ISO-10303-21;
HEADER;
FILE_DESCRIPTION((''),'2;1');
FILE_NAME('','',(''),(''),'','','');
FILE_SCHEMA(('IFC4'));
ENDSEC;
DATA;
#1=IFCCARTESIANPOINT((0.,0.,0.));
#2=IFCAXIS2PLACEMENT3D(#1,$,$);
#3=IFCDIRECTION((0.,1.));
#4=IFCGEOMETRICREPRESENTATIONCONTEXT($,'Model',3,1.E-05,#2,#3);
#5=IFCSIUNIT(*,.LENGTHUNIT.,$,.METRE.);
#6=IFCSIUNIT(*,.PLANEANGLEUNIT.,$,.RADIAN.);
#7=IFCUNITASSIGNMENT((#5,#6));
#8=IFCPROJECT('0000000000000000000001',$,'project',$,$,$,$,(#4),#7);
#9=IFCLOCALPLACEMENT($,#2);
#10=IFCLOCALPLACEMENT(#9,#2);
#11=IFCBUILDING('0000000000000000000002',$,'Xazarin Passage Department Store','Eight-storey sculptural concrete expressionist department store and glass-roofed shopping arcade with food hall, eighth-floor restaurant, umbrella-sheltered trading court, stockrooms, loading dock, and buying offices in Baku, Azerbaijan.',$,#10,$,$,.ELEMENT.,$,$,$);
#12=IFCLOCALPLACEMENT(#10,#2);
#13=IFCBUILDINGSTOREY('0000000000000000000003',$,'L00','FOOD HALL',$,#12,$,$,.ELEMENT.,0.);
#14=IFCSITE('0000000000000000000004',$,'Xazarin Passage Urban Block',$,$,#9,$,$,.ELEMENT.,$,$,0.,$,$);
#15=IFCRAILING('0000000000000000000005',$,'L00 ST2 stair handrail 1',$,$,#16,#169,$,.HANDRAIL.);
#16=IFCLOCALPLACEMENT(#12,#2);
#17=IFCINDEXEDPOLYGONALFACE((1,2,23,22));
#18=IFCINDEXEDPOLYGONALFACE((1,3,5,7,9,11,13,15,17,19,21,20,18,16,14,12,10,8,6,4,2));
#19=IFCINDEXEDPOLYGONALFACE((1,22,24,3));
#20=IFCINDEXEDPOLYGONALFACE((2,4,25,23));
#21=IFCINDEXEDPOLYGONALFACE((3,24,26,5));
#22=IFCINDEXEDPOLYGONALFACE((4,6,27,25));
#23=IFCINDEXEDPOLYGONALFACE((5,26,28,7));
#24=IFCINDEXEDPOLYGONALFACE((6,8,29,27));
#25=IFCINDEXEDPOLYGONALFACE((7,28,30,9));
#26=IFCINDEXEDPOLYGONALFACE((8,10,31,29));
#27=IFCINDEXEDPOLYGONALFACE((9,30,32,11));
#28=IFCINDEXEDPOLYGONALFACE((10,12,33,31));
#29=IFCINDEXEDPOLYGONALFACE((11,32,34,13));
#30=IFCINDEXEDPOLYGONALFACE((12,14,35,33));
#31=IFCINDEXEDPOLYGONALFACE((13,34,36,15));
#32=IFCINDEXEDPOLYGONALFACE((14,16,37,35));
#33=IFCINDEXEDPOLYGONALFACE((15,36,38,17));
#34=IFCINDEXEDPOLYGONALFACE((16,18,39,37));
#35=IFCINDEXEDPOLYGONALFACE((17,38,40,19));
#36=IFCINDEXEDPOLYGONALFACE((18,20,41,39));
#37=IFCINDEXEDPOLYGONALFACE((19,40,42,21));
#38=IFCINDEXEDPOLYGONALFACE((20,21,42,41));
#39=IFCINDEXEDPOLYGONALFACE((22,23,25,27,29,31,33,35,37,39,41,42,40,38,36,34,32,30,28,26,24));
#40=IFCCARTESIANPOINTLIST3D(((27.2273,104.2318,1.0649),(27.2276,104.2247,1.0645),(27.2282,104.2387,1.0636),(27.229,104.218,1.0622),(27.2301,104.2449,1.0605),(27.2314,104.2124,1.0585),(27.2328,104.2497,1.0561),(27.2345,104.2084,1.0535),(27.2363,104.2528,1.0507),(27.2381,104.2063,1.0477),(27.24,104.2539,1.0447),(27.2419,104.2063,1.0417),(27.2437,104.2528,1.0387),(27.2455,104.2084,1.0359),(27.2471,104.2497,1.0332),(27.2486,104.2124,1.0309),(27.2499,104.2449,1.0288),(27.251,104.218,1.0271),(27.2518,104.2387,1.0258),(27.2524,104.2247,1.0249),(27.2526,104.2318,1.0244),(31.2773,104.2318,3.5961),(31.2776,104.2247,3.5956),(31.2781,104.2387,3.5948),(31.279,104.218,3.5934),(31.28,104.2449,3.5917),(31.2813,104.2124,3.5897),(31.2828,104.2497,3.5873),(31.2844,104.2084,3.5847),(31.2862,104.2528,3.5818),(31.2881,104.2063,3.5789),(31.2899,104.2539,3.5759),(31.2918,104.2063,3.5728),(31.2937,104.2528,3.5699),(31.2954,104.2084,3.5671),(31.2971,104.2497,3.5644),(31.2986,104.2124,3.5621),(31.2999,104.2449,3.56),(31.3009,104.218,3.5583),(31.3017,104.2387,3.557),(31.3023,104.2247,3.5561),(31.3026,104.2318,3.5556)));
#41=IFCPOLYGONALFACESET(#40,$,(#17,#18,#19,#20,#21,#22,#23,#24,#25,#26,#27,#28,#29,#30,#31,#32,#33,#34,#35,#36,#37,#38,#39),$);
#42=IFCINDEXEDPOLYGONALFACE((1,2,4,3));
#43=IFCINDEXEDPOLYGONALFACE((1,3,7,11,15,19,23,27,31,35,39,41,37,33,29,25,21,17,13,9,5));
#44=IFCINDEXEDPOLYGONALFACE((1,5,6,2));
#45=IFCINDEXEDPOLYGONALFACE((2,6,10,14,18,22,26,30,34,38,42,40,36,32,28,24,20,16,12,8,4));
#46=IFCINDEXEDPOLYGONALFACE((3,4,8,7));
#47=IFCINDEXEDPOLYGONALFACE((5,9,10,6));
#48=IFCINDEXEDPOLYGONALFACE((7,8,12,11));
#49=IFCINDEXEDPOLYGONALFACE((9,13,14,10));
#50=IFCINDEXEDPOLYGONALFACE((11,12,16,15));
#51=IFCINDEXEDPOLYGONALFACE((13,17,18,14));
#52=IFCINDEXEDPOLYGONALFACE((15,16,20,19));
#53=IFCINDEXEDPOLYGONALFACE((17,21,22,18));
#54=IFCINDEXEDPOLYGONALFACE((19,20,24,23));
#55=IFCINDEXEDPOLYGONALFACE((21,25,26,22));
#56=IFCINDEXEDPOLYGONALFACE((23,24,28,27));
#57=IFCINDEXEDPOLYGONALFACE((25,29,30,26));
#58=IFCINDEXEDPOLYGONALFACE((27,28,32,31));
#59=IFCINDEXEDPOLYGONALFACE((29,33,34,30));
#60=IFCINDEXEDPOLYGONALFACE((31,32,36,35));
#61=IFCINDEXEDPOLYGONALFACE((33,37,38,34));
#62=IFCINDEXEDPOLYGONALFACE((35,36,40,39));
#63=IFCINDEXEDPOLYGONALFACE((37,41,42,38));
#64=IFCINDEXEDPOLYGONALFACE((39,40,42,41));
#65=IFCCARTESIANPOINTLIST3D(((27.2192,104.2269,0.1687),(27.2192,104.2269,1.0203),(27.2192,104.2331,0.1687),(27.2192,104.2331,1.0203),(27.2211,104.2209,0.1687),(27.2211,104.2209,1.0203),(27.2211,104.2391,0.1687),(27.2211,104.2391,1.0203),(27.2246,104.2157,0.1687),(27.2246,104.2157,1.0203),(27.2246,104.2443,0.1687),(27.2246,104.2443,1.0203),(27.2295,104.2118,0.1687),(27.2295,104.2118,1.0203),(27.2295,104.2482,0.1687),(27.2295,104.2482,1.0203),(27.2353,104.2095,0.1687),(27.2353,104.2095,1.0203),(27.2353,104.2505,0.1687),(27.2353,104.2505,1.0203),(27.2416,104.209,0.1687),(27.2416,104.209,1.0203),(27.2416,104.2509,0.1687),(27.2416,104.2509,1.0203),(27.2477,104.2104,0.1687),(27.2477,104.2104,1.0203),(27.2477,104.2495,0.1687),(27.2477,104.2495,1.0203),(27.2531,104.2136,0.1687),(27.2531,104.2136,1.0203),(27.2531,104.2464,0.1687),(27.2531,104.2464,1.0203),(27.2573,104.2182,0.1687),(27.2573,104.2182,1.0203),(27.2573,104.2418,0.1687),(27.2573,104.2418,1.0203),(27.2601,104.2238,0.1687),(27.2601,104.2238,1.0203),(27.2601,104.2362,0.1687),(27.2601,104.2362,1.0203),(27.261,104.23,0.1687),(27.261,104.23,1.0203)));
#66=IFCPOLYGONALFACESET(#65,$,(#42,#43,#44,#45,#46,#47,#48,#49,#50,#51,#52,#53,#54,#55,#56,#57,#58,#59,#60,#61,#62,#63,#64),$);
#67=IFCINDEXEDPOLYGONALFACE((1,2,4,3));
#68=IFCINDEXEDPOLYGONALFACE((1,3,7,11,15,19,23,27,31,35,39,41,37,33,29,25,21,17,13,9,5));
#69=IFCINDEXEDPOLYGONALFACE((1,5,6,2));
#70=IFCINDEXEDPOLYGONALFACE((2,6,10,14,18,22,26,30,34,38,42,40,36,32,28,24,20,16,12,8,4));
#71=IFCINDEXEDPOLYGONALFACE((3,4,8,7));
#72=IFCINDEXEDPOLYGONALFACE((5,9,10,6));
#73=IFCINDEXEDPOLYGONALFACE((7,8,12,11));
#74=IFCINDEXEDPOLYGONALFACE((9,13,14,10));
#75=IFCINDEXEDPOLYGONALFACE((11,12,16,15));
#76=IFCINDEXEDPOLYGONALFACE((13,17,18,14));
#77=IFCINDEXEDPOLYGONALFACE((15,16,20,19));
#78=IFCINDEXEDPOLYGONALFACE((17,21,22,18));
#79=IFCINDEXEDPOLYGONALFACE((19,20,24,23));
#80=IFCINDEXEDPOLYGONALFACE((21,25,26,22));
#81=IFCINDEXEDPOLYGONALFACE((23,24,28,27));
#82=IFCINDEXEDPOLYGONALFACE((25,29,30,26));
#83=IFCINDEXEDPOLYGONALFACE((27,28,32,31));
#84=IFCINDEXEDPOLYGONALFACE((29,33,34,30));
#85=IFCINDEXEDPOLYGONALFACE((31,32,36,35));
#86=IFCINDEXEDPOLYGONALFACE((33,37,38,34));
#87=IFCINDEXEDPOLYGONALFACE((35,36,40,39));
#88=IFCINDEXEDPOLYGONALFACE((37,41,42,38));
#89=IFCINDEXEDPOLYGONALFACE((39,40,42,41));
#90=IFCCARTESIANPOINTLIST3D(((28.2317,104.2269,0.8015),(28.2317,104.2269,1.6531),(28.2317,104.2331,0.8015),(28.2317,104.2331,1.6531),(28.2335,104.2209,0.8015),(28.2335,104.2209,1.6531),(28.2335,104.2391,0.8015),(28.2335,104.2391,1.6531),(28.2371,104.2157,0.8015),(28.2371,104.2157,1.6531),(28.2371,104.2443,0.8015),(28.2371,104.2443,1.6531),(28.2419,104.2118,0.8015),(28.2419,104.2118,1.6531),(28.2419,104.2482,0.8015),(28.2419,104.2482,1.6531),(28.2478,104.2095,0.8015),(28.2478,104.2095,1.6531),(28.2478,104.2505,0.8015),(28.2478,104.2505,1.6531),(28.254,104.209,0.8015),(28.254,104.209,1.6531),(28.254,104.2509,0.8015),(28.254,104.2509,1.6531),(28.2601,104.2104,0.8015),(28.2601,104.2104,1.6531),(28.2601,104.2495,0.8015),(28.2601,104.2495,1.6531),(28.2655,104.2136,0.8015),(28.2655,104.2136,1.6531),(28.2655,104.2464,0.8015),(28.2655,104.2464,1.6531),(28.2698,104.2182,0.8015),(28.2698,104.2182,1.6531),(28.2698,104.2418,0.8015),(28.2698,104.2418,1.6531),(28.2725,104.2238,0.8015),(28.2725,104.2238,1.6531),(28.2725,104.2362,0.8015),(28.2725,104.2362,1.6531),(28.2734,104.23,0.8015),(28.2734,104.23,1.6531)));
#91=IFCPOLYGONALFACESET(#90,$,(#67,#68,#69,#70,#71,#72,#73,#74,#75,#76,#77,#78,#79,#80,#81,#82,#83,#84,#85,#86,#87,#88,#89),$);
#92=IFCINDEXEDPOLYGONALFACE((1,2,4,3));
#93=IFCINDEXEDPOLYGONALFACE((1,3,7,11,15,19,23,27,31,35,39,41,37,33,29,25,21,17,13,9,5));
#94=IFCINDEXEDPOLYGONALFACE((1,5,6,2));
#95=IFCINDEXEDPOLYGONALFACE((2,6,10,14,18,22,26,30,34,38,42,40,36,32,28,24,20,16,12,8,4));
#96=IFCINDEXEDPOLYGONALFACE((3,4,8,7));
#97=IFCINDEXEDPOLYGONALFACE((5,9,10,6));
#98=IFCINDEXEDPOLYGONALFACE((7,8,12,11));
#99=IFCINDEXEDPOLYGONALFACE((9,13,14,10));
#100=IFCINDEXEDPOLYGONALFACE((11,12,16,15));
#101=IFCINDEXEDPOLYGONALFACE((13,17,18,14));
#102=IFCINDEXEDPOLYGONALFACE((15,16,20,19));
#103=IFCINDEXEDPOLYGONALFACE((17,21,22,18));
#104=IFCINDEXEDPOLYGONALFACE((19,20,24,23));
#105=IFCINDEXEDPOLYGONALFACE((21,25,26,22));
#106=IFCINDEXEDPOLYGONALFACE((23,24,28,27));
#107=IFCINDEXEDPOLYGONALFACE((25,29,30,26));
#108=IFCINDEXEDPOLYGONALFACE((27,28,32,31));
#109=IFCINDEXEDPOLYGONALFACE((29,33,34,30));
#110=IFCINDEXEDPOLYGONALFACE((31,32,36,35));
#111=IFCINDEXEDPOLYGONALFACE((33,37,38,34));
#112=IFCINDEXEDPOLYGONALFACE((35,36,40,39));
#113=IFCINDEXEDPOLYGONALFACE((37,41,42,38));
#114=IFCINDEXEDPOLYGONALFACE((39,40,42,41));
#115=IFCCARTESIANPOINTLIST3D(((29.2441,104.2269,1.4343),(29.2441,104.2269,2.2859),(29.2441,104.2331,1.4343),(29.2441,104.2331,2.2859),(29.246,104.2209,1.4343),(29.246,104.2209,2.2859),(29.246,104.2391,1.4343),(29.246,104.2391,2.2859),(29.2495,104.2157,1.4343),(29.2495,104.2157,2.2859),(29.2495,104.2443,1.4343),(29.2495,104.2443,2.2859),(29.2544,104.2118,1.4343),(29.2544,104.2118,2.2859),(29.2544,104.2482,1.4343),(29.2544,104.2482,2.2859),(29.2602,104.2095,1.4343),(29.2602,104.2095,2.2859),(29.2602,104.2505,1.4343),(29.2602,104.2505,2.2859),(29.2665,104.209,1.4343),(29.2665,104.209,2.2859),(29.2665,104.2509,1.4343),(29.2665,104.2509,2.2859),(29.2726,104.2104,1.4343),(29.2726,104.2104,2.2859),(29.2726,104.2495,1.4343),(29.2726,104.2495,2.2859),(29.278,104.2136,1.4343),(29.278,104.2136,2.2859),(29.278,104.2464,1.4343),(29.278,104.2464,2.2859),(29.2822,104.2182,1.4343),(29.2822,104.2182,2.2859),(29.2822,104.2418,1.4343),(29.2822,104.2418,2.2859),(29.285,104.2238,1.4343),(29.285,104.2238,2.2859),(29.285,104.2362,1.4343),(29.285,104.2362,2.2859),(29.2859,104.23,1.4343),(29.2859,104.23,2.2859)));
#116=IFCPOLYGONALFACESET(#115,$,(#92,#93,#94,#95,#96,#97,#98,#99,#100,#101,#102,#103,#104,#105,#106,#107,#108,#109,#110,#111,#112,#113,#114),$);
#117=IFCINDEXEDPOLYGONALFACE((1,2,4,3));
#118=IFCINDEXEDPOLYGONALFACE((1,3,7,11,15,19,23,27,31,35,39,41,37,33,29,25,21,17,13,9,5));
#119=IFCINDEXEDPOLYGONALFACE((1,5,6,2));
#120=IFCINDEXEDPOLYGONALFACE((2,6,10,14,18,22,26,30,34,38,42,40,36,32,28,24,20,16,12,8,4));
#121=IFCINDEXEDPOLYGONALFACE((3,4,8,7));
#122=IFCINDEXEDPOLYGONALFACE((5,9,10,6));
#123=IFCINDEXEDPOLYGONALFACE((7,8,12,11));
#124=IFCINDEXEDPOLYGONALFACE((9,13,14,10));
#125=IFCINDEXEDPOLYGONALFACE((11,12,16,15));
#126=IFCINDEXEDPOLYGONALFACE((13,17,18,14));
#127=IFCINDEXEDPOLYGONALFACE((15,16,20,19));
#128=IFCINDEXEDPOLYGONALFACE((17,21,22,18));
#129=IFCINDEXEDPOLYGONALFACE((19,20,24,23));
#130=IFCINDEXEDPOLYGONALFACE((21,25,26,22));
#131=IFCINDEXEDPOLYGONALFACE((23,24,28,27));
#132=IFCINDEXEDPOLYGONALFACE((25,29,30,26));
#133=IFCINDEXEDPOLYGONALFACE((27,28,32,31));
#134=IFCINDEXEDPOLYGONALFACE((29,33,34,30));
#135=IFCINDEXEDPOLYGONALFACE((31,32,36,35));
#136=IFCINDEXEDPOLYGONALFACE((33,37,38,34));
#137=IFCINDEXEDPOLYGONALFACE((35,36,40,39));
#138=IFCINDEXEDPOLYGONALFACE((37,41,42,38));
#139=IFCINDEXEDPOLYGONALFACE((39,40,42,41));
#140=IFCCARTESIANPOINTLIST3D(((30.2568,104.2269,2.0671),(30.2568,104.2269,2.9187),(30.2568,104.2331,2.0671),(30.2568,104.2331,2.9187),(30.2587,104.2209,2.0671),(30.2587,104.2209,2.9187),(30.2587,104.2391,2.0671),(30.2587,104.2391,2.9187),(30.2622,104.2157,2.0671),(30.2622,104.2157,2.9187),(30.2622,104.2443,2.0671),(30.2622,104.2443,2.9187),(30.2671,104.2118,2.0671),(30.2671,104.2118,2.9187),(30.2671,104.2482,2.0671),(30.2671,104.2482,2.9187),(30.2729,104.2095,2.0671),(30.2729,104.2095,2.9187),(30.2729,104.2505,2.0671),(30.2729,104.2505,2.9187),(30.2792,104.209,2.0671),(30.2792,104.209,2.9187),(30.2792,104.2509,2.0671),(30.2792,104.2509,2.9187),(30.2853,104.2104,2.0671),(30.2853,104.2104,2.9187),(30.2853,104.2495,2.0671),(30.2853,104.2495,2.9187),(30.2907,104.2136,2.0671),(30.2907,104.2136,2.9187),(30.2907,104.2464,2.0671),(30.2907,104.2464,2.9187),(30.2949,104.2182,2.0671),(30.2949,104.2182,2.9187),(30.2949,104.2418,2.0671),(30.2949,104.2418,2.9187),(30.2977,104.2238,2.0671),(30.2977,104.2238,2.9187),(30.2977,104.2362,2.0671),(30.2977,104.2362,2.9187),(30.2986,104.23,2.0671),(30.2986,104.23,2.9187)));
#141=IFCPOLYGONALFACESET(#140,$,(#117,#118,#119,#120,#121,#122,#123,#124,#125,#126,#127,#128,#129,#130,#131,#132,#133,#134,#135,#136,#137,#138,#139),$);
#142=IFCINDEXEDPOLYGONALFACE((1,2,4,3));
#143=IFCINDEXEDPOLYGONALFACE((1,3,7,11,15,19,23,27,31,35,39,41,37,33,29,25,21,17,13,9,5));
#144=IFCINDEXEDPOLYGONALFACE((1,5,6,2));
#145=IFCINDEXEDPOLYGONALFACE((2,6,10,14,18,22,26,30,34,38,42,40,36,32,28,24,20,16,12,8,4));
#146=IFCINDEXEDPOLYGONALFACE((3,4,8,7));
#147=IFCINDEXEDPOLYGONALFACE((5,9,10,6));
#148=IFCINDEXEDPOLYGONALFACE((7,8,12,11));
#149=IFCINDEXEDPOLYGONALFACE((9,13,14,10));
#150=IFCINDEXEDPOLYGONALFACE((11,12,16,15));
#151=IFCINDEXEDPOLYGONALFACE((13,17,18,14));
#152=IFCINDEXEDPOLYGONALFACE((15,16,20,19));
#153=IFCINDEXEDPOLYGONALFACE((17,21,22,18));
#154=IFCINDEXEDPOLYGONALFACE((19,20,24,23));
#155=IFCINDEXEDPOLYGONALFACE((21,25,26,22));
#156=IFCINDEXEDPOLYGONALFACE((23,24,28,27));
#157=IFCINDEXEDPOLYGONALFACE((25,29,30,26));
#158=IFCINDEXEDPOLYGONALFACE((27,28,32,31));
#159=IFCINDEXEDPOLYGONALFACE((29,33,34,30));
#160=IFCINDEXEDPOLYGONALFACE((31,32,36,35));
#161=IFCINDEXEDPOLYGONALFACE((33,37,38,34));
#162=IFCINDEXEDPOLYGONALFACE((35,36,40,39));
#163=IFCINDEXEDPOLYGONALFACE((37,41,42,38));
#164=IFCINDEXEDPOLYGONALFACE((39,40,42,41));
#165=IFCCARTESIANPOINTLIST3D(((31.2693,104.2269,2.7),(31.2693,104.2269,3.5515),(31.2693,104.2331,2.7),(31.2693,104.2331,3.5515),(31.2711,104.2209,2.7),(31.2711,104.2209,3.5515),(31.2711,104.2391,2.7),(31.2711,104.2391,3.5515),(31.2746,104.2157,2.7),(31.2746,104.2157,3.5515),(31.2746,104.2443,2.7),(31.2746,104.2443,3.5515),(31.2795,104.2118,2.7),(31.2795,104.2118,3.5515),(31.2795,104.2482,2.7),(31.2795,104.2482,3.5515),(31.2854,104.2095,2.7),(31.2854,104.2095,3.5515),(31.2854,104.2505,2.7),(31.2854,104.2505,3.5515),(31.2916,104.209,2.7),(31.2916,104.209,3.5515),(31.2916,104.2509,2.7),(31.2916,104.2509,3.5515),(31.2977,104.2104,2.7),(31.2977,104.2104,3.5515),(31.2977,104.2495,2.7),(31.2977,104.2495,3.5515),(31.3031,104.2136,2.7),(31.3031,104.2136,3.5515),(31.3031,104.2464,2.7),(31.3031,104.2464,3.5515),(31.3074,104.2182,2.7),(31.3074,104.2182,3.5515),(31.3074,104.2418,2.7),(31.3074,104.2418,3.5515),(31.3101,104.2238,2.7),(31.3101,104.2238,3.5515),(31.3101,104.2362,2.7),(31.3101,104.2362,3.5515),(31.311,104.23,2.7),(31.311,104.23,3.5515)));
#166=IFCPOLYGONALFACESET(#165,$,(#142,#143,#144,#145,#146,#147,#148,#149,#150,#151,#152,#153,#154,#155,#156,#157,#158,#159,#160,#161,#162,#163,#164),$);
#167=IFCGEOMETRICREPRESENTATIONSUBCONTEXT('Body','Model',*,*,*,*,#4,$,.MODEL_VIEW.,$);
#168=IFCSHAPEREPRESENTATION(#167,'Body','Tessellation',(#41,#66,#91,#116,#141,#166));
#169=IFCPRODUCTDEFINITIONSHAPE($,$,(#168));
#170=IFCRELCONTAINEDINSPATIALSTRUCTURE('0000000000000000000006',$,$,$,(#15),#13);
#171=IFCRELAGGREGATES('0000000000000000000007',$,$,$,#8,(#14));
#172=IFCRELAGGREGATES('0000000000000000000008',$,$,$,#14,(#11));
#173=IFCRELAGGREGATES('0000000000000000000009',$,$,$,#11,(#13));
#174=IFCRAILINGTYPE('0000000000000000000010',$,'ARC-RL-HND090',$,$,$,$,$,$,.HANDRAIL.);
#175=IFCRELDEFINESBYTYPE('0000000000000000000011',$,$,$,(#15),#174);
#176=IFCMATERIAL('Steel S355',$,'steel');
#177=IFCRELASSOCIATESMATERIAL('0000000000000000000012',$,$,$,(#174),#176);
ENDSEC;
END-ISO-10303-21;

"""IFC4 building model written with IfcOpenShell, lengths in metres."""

from ifc_helpers import new_model, si_unit, direction, frame, origin, origin_2d, place, context, subcontext, project, spatial, circle, extrude, material, type_object, element, save


model = new_model("IFC4")

# Units and contexts
model_context = context("Model", 3, precision=1e-05, world=origin(), true_north=direction((0.0, 1.0)))
body_context = subcontext(model_context, "Body", "Model", "MODEL_VIEW")
ifc_project = project(units=[si_unit("LENGTHUNIT", "METRE"), si_unit("PLANEANGLEUNIT", "RADIAN")], contexts=[model_context])

# Site, building, storey
site_placement = place(None, origin())
site = spatial("IfcSite", under=ifc_project, at=site_placement, Name="Xazarin Passage Urban Block", CompositionType="ELEMENT", RefElevation=0.0)
building_placement = place(site_placement, origin())
building = spatial("IfcBuilding", under=site, at=building_placement, Name="Xazarin Passage Department Store", Description="Eight-storey sculptural concrete expressionist department store and glass-roofed shopping arcade with food hall, eighth-floor restaurant, umbrella-sheltered trading court, stockrooms, loading dock, and buying offices in Baku, Azerbaijan.", CompositionType="ELEMENT")
storey_placement = place(building_placement, origin())
storey = spatial("IfcBuildingStorey", under=building, at=storey_placement, Name="L00", Description="FOOD HALL", CompositionType="ELEMENT", Elevation=0.0)

# Shared definitions
ifc_material_1 = material(Name="Steel S355", Category="steel")

# Railing
railing_type_1 = type_object("IfcRailingType", Name="ARC-RL-HND090", PredefinedType="HANDRAIL", material=ifc_material_1)
railing_1_placement = place(storey_placement, frame((27.24, 104.23, 0.1687)))
element("IfcRailing", 1, at=railing_1_placement, inside=storey, type_object=railing_type_1, Name="L00 ST2 stair handrail 1", PredefinedType="HANDRAIL", context=body_context, shape_type="SweptSolid", body=[
    extrude(circle(Radius=0.0239, at=origin_2d()), frame((0.0, 0.0, 0.876), z_axis=(0.848001, 0.0, 0.529994), x_axis=(0.0, 1.0, 0.0)), (0.0, 0.0, 1.0), 4.7759),
    extrude(circle(Radius=0.021, at=origin_2d()), origin(), (0.0, 0.0, 1.0), 0.8516),
    extrude(circle(Radius=0.021, at=origin_2d()), frame((1.0125, 0.0, 0.6328)), (0.0, 0.0, 1.0), 0.8516),
    extrude(circle(Radius=0.021, at=origin_2d()), frame((2.0249, 0.0, 1.2656)), (0.0, 0.0, 1.0), 0.8516),
    extrude(circle(Radius=0.021, at=origin_2d()), frame((3.0376, 0.0, 1.8984)), (0.0, 0.0, 1.0), 0.8516),
    extrude(circle(Radius=0.021, at=origin_2d()), frame((4.05, 0.0, 2.5312)), (0.0, 0.0, 1.0), 0.8516),
])

save(model, "model.ifc")
